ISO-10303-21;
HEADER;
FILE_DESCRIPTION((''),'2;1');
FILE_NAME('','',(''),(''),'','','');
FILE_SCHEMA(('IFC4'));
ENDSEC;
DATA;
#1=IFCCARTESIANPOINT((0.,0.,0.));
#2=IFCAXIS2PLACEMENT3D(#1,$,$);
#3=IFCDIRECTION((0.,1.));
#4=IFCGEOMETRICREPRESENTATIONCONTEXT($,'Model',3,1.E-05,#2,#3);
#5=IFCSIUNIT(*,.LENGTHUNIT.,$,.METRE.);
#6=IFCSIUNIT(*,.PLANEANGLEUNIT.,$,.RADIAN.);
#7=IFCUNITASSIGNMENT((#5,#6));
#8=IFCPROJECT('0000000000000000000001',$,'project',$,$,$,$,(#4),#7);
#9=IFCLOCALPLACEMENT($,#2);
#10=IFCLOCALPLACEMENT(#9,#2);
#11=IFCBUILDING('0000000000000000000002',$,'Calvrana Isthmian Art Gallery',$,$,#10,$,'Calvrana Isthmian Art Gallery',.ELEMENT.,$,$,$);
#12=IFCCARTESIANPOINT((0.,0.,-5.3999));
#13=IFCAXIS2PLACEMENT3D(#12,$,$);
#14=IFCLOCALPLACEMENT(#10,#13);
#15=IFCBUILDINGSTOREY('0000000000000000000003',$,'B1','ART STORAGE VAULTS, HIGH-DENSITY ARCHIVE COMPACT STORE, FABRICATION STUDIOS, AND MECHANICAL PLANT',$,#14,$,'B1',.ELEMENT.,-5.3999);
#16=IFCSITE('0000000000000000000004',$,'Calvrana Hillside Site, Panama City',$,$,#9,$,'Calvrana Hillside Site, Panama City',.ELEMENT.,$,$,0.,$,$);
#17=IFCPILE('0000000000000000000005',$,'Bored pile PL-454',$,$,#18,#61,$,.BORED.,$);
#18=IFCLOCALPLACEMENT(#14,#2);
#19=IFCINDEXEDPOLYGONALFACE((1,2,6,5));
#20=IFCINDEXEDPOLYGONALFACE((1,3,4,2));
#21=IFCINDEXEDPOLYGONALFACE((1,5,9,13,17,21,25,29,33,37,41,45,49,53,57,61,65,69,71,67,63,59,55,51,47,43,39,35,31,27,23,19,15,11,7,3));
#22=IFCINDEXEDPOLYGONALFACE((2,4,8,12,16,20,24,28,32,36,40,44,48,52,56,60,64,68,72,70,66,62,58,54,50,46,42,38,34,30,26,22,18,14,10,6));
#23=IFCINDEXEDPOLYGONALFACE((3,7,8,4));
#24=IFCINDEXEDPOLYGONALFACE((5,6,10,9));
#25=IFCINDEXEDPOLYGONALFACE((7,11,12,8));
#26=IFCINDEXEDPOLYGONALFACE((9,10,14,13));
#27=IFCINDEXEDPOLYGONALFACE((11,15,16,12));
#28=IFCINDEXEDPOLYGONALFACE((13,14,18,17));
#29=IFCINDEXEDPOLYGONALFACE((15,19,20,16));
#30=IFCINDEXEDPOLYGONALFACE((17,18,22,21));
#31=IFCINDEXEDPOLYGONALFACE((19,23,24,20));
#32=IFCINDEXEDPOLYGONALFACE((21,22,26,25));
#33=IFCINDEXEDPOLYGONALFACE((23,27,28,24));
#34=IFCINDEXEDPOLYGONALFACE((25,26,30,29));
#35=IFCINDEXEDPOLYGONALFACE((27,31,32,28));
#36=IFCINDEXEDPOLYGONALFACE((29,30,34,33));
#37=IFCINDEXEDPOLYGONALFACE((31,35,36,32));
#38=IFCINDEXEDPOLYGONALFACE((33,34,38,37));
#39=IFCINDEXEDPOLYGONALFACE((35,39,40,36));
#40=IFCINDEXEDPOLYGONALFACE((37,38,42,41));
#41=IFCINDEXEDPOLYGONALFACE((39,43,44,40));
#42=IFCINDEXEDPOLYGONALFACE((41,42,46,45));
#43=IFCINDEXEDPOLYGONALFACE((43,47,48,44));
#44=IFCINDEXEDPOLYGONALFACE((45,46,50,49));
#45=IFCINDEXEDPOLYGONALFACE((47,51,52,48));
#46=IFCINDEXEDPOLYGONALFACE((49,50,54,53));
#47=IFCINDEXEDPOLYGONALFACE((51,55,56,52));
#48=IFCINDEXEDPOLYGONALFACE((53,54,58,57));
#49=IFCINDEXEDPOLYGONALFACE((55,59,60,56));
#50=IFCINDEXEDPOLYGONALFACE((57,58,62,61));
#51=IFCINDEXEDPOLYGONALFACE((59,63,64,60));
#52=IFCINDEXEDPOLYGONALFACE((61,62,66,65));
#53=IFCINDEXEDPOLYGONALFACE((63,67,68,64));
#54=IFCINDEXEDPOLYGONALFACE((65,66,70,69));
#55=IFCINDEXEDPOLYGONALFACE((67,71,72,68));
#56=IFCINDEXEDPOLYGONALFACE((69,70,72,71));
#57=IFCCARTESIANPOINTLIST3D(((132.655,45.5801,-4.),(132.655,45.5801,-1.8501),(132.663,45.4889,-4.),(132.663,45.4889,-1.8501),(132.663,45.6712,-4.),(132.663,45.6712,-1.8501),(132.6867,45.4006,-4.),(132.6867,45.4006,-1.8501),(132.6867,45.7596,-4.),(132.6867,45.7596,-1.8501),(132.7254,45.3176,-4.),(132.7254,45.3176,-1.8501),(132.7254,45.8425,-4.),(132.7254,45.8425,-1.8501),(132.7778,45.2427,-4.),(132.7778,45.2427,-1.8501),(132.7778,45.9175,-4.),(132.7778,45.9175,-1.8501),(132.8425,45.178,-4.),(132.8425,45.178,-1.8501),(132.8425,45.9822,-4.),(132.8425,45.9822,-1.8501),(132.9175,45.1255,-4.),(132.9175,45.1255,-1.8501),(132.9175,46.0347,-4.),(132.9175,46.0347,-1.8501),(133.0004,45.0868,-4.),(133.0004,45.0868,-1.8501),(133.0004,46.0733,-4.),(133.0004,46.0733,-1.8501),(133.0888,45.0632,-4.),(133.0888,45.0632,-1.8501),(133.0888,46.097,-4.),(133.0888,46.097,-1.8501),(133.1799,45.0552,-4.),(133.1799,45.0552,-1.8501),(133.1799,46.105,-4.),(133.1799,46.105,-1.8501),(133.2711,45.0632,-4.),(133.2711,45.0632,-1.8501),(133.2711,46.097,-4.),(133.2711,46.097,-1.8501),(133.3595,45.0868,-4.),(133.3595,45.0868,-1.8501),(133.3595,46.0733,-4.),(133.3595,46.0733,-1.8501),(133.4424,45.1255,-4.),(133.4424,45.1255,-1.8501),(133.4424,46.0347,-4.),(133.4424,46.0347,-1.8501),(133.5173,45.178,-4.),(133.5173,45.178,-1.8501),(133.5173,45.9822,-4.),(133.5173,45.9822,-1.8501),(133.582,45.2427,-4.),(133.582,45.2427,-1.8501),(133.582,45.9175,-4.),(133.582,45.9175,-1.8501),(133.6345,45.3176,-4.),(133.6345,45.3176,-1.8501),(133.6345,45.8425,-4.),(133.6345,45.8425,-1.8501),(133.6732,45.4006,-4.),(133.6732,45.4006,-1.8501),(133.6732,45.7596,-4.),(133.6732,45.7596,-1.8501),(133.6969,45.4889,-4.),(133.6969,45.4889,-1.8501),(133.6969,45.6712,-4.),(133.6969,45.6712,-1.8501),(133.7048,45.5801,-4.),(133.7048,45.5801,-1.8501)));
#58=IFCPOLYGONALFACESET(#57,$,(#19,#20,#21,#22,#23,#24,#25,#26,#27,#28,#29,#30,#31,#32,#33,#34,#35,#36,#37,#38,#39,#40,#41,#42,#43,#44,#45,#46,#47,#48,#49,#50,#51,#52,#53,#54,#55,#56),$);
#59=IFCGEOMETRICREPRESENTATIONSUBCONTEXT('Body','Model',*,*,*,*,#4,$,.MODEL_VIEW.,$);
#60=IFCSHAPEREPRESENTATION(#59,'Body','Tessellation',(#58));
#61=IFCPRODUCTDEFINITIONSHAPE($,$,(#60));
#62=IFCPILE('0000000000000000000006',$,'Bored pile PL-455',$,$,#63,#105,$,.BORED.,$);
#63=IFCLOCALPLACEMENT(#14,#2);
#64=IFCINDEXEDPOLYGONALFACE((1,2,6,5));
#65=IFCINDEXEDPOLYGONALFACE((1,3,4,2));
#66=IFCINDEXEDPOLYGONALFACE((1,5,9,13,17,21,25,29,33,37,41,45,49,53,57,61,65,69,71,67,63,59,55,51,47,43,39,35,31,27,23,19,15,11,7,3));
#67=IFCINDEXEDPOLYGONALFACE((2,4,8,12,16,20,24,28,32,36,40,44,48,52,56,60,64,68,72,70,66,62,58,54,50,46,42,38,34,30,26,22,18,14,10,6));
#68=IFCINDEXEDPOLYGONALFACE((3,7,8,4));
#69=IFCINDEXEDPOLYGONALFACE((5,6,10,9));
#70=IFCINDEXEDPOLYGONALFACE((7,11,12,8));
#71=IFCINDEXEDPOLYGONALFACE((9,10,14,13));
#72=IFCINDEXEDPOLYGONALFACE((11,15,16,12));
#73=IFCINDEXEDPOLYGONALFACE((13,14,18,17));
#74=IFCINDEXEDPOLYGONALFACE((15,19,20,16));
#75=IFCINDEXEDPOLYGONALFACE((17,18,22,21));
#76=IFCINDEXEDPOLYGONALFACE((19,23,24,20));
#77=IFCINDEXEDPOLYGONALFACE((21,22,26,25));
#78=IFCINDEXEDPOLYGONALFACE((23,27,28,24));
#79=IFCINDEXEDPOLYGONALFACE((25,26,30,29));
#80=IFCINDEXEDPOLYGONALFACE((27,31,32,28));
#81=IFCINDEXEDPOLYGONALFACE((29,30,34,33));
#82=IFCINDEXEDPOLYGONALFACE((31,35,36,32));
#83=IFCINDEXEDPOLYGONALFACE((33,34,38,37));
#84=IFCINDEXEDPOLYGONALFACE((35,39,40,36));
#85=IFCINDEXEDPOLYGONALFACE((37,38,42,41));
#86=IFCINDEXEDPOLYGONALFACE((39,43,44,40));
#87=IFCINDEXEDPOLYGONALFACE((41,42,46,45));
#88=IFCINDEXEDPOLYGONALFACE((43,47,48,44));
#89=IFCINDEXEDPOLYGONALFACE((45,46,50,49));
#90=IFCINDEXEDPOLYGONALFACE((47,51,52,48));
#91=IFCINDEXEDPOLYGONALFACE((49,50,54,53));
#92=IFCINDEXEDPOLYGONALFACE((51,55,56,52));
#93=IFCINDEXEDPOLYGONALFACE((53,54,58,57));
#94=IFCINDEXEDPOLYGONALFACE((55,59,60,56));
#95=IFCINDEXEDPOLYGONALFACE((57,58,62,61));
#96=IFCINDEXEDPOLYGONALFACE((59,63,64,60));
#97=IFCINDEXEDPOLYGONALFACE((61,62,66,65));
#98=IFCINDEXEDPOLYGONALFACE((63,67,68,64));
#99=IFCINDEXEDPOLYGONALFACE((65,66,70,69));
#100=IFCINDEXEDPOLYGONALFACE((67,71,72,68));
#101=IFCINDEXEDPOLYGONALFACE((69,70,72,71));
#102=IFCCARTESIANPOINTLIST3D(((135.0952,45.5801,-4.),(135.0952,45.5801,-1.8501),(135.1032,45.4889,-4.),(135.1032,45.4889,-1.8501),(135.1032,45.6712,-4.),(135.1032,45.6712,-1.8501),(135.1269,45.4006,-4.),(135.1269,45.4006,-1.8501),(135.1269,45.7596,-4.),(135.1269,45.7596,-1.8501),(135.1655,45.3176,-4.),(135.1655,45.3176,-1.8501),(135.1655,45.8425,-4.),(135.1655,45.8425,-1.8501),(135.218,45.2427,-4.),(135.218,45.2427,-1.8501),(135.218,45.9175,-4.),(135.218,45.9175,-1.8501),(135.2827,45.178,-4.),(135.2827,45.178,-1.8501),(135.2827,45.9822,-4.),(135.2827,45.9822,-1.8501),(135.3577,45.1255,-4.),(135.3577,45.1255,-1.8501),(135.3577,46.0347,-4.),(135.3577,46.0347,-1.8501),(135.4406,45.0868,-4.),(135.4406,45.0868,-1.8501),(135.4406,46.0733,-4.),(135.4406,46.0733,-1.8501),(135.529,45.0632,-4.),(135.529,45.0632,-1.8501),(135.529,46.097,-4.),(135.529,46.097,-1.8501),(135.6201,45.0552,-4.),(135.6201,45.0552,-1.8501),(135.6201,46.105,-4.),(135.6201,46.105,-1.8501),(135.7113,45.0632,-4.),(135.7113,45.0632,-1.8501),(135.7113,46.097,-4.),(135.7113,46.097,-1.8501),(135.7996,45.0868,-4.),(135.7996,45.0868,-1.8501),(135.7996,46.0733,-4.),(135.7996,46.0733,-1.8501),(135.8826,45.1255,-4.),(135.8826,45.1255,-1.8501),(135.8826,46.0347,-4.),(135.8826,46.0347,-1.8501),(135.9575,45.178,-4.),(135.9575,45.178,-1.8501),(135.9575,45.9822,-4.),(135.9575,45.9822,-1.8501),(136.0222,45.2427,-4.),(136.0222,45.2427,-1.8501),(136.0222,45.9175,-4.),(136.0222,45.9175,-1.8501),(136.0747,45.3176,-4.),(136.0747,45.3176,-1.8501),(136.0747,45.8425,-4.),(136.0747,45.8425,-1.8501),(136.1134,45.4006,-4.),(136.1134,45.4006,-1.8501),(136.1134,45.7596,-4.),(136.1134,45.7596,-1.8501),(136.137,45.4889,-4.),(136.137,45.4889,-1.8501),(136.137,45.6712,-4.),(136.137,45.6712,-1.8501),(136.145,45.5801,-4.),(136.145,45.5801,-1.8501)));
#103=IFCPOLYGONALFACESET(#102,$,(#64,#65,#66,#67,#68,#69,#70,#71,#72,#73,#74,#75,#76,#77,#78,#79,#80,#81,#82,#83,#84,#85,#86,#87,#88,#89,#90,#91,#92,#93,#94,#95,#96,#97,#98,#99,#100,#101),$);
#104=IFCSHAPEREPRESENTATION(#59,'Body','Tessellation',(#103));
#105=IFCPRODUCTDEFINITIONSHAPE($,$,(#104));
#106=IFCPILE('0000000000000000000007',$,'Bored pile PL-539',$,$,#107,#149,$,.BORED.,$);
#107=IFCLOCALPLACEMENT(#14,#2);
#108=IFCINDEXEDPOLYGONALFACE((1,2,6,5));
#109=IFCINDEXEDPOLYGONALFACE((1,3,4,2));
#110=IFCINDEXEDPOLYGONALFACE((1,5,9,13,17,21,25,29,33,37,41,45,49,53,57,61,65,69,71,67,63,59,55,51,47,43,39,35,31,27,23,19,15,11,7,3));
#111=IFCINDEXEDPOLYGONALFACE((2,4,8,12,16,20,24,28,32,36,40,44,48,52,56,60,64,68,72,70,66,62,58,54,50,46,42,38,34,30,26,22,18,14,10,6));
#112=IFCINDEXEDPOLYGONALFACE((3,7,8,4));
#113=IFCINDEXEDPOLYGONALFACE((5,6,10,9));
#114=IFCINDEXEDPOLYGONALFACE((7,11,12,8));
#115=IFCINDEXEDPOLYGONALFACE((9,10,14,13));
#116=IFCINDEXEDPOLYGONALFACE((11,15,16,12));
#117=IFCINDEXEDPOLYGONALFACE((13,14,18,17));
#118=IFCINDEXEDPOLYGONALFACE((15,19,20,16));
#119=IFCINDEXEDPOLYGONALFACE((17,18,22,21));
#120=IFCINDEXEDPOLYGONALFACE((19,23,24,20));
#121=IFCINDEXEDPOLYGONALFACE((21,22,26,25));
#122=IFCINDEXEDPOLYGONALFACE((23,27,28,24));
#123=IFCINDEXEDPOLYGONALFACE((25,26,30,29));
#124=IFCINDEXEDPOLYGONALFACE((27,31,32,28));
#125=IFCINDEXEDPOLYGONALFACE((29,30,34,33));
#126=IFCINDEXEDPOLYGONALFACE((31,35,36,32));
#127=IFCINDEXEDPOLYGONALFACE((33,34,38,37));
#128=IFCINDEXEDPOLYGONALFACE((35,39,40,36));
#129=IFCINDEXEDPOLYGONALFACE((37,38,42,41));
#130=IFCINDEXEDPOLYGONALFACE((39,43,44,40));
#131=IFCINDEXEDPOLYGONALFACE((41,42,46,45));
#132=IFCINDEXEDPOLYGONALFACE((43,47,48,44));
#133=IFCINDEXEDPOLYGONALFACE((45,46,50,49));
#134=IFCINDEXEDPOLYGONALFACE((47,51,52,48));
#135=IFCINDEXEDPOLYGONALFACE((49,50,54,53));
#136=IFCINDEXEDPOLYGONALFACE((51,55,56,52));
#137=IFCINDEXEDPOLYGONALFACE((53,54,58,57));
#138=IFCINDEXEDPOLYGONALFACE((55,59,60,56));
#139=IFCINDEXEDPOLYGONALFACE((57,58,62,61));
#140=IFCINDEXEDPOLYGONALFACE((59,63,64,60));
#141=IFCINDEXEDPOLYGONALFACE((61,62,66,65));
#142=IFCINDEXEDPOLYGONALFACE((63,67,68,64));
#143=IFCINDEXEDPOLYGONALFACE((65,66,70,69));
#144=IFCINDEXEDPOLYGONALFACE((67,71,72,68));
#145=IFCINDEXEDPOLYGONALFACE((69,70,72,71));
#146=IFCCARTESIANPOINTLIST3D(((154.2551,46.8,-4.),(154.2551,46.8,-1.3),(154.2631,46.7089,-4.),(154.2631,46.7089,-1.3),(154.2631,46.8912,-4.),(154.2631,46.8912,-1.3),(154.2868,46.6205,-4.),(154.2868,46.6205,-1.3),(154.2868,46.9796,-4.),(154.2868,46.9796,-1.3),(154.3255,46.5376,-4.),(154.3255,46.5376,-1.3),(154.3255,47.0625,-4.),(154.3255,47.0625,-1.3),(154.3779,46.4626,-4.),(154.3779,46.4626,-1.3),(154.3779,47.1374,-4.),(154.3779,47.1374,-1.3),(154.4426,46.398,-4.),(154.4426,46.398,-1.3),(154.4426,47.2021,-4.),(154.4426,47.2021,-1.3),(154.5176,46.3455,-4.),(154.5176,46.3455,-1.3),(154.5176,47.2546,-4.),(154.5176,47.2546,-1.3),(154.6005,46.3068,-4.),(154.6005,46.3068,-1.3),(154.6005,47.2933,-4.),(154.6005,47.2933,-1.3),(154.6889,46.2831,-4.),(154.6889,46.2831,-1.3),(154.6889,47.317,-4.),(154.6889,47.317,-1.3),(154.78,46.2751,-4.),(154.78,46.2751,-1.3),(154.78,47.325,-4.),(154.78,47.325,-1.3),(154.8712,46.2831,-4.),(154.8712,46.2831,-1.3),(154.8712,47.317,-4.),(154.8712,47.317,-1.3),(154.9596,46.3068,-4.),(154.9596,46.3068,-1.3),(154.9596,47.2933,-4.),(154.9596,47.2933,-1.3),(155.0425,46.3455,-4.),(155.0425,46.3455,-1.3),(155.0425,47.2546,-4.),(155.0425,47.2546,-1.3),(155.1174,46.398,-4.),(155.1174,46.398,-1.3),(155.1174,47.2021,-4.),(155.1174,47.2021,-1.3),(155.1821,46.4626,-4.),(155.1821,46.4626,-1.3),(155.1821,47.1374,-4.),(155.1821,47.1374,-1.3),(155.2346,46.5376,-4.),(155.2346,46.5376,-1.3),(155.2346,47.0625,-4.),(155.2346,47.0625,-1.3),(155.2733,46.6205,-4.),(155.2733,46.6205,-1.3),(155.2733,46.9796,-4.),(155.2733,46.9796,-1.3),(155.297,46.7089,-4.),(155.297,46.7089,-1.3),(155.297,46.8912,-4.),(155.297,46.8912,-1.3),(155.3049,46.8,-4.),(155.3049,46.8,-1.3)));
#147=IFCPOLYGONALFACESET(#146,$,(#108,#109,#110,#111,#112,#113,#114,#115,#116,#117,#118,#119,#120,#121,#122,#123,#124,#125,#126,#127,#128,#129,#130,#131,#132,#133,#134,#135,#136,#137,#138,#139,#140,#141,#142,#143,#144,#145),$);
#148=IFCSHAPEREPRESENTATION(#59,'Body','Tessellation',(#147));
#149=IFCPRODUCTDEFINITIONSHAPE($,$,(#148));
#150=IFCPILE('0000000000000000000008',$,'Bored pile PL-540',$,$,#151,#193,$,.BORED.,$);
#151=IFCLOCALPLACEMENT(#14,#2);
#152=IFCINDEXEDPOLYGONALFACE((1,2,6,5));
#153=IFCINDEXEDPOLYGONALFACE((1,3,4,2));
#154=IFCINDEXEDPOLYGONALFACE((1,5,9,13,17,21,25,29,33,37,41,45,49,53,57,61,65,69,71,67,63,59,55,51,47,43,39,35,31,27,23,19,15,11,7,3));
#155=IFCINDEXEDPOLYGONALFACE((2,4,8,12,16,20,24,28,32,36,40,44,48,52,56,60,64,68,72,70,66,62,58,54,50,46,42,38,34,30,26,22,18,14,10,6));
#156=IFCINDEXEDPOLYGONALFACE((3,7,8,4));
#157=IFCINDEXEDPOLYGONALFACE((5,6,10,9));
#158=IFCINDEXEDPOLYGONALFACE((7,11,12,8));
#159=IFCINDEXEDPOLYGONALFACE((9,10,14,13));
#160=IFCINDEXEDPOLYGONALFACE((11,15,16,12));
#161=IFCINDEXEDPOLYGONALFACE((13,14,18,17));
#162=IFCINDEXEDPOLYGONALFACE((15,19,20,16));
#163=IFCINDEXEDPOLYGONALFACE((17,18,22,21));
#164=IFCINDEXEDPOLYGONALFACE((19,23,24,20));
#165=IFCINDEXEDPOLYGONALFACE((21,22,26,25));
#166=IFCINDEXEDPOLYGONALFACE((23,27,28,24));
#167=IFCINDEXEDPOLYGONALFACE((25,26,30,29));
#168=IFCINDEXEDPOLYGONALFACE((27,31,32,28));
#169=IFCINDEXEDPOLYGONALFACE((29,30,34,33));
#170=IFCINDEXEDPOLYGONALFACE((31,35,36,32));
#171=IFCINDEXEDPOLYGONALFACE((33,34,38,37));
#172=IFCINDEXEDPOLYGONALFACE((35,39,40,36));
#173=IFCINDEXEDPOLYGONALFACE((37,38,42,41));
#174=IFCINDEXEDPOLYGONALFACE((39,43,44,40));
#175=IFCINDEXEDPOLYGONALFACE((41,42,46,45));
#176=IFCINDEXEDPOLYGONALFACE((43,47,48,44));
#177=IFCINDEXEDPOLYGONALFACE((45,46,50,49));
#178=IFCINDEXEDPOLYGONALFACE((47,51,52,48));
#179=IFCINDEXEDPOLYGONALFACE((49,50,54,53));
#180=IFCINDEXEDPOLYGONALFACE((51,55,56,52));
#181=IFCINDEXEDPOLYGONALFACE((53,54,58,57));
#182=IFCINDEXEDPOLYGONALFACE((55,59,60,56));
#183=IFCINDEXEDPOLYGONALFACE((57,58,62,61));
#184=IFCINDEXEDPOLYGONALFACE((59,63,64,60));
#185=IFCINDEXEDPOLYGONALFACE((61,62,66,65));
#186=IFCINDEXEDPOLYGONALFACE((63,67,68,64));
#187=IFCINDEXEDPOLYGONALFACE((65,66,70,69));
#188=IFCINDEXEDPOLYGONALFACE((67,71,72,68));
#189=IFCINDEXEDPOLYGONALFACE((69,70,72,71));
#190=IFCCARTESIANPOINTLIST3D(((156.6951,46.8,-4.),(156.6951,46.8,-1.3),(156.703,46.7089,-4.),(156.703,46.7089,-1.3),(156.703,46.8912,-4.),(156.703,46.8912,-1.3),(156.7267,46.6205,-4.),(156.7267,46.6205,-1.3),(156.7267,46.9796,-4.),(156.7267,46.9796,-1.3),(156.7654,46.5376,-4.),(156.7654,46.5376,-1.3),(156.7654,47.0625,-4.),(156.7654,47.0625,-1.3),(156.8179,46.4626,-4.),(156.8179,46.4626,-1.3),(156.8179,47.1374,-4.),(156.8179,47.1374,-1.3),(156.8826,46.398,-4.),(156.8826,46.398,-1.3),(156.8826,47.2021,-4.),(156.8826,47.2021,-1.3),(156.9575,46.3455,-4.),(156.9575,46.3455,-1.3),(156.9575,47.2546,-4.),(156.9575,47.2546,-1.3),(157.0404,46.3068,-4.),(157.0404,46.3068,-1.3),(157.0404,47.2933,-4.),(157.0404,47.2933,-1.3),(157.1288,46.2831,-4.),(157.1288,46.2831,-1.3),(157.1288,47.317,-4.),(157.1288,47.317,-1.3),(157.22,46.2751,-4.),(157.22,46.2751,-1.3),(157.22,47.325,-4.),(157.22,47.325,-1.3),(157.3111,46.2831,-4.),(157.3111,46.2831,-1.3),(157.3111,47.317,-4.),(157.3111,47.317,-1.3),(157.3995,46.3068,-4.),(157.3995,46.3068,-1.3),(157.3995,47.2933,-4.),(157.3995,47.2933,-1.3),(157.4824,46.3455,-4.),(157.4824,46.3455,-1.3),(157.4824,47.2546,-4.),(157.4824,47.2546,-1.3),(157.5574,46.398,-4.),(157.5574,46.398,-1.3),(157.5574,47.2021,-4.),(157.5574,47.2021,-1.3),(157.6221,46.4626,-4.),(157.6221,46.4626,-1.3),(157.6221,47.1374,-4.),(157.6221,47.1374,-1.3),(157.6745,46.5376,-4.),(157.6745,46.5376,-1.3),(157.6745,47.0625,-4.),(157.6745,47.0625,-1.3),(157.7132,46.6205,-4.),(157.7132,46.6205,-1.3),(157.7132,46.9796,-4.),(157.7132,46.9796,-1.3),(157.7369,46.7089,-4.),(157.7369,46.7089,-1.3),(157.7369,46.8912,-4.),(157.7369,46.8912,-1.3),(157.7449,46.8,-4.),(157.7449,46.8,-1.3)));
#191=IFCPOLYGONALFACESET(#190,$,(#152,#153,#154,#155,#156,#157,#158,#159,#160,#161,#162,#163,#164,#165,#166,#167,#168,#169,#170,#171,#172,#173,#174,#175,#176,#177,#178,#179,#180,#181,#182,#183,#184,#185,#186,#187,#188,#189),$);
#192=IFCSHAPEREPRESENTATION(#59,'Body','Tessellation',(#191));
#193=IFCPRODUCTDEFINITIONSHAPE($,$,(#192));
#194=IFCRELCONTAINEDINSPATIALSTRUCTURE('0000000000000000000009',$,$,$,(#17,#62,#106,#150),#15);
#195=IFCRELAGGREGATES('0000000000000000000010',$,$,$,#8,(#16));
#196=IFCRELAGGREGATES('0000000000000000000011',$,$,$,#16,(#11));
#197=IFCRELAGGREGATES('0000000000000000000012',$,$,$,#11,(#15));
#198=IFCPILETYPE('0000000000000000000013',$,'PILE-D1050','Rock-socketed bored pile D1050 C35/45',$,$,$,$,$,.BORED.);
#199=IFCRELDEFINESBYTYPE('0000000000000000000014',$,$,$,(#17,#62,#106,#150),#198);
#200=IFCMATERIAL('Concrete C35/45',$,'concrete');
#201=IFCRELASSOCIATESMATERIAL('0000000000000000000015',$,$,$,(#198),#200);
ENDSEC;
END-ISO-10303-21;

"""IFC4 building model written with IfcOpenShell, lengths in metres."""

from ifc_helpers import new_model, si_unit, direction, frame, origin, origin_2d, place, context, subcontext, project, spatial, circle, extrude, material, material_profile, profile_set, type_object, element, save


model = new_model("IFC4")

# Units and contexts
model_context = context("Model", 3, precision=1e-05, world=origin(), true_north=direction((0.0, 1.0)))
body_context = subcontext(model_context, "Body", "Model", "MODEL_VIEW")
ifc_project = project(units=[si_unit("LENGTHUNIT", "METRE"), si_unit("PLANEANGLEUNIT", "RADIAN")], contexts=[model_context])

# Site, building, storey
site_placement = place(None, origin())
site = spatial("IfcSite", under=ifc_project, at=site_placement, Name="Calvrana Hillside Site, Panama City", LongName="Calvrana Hillside Site, Panama City", CompositionType="ELEMENT", RefElevation=0.0)
building_placement = place(site_placement, origin())
building = spatial("IfcBuilding", under=site, at=building_placement, Name="Calvrana Isthmian Art Gallery", LongName="Calvrana Isthmian Art Gallery", CompositionType="ELEMENT")
storey_placement = place(building_placement, frame((0.0, 0.0, -5.3999)))
storey = spatial("IfcBuildingStorey", under=building, at=storey_placement, Name="B1", Description="ART STORAGE VAULTS, HIGH-DENSITY ARCHIVE COMPACT STORE, FABRICATION STUDIOS, AND MECHANICAL PLANT", LongName="B1", CompositionType="ELEMENT", Elevation=-5.3999)

# Shared definitions
ifc_material_1 = material(Name="Concrete C35/45", Category="concrete")

# Piles
ifc_material_profile_1 = material_profile(ifc_material_1, circle(Radius=0.5249, at=origin_2d()), Name="PILE1050D")
ifc_profile_set_1 = profile_set([ifc_material_profile_1], Name="Concrete C35/45")
pile_type_1 = type_object("IfcPileType", Name="PILE-D1050", Description="Rock-socketed bored pile D1050 C35/45", PredefinedType="BORED", material=ifc_profile_set_1)
for number, where, z_axis, x_axis, name in (
    (1, (133.1799, 45.5801, -1.8501), (0.0, 0.0, -1.0), (1.0, 0.0, 0.0), "Bored pile PL-454"),
    (2, (135.6201, 45.5801, -1.8501), (0.0, 0.0, -1.0), (1.0, 0.0, 0.0), "Bored pile PL-455"),
):
    element("IfcPile", number, at=place(storey_placement, frame(where, z_axis=z_axis, x_axis=x_axis)), inside=storey, type_object=pile_type_1, Name=name, PredefinedType="BORED", context=body_context, shape_type="SweptSolid", body=[
        extrude(circle(Radius=0.5249, at=origin_2d()), origin(), (0.0, 0.0, 1.0), 2.1499),
    ])
for number, where, z_axis, x_axis, name in (
    (3, (154.78, 46.8, -1.3), (0.0, 0.0, -1.0), (1.0, 0.0, 0.0), "Bored pile PL-539"),
    (4, (157.22, 46.8, -1.3), (0.0, 0.0, -1.0), (1.0, 0.0, 0.0), "Bored pile PL-540"),
):
    element("IfcPile", number, at=place(storey_placement, frame(where, z_axis=z_axis, x_axis=x_axis)), inside=storey, type_object=pile_type_1, Name=name, PredefinedType="BORED", context=body_context, shape_type="SweptSolid", body=[
        extrude(circle(Radius=0.5249, at=origin_2d()), origin(), (0.0, 0.0, 1.0), 2.7),
    ])

save(model, "model.ifc")
